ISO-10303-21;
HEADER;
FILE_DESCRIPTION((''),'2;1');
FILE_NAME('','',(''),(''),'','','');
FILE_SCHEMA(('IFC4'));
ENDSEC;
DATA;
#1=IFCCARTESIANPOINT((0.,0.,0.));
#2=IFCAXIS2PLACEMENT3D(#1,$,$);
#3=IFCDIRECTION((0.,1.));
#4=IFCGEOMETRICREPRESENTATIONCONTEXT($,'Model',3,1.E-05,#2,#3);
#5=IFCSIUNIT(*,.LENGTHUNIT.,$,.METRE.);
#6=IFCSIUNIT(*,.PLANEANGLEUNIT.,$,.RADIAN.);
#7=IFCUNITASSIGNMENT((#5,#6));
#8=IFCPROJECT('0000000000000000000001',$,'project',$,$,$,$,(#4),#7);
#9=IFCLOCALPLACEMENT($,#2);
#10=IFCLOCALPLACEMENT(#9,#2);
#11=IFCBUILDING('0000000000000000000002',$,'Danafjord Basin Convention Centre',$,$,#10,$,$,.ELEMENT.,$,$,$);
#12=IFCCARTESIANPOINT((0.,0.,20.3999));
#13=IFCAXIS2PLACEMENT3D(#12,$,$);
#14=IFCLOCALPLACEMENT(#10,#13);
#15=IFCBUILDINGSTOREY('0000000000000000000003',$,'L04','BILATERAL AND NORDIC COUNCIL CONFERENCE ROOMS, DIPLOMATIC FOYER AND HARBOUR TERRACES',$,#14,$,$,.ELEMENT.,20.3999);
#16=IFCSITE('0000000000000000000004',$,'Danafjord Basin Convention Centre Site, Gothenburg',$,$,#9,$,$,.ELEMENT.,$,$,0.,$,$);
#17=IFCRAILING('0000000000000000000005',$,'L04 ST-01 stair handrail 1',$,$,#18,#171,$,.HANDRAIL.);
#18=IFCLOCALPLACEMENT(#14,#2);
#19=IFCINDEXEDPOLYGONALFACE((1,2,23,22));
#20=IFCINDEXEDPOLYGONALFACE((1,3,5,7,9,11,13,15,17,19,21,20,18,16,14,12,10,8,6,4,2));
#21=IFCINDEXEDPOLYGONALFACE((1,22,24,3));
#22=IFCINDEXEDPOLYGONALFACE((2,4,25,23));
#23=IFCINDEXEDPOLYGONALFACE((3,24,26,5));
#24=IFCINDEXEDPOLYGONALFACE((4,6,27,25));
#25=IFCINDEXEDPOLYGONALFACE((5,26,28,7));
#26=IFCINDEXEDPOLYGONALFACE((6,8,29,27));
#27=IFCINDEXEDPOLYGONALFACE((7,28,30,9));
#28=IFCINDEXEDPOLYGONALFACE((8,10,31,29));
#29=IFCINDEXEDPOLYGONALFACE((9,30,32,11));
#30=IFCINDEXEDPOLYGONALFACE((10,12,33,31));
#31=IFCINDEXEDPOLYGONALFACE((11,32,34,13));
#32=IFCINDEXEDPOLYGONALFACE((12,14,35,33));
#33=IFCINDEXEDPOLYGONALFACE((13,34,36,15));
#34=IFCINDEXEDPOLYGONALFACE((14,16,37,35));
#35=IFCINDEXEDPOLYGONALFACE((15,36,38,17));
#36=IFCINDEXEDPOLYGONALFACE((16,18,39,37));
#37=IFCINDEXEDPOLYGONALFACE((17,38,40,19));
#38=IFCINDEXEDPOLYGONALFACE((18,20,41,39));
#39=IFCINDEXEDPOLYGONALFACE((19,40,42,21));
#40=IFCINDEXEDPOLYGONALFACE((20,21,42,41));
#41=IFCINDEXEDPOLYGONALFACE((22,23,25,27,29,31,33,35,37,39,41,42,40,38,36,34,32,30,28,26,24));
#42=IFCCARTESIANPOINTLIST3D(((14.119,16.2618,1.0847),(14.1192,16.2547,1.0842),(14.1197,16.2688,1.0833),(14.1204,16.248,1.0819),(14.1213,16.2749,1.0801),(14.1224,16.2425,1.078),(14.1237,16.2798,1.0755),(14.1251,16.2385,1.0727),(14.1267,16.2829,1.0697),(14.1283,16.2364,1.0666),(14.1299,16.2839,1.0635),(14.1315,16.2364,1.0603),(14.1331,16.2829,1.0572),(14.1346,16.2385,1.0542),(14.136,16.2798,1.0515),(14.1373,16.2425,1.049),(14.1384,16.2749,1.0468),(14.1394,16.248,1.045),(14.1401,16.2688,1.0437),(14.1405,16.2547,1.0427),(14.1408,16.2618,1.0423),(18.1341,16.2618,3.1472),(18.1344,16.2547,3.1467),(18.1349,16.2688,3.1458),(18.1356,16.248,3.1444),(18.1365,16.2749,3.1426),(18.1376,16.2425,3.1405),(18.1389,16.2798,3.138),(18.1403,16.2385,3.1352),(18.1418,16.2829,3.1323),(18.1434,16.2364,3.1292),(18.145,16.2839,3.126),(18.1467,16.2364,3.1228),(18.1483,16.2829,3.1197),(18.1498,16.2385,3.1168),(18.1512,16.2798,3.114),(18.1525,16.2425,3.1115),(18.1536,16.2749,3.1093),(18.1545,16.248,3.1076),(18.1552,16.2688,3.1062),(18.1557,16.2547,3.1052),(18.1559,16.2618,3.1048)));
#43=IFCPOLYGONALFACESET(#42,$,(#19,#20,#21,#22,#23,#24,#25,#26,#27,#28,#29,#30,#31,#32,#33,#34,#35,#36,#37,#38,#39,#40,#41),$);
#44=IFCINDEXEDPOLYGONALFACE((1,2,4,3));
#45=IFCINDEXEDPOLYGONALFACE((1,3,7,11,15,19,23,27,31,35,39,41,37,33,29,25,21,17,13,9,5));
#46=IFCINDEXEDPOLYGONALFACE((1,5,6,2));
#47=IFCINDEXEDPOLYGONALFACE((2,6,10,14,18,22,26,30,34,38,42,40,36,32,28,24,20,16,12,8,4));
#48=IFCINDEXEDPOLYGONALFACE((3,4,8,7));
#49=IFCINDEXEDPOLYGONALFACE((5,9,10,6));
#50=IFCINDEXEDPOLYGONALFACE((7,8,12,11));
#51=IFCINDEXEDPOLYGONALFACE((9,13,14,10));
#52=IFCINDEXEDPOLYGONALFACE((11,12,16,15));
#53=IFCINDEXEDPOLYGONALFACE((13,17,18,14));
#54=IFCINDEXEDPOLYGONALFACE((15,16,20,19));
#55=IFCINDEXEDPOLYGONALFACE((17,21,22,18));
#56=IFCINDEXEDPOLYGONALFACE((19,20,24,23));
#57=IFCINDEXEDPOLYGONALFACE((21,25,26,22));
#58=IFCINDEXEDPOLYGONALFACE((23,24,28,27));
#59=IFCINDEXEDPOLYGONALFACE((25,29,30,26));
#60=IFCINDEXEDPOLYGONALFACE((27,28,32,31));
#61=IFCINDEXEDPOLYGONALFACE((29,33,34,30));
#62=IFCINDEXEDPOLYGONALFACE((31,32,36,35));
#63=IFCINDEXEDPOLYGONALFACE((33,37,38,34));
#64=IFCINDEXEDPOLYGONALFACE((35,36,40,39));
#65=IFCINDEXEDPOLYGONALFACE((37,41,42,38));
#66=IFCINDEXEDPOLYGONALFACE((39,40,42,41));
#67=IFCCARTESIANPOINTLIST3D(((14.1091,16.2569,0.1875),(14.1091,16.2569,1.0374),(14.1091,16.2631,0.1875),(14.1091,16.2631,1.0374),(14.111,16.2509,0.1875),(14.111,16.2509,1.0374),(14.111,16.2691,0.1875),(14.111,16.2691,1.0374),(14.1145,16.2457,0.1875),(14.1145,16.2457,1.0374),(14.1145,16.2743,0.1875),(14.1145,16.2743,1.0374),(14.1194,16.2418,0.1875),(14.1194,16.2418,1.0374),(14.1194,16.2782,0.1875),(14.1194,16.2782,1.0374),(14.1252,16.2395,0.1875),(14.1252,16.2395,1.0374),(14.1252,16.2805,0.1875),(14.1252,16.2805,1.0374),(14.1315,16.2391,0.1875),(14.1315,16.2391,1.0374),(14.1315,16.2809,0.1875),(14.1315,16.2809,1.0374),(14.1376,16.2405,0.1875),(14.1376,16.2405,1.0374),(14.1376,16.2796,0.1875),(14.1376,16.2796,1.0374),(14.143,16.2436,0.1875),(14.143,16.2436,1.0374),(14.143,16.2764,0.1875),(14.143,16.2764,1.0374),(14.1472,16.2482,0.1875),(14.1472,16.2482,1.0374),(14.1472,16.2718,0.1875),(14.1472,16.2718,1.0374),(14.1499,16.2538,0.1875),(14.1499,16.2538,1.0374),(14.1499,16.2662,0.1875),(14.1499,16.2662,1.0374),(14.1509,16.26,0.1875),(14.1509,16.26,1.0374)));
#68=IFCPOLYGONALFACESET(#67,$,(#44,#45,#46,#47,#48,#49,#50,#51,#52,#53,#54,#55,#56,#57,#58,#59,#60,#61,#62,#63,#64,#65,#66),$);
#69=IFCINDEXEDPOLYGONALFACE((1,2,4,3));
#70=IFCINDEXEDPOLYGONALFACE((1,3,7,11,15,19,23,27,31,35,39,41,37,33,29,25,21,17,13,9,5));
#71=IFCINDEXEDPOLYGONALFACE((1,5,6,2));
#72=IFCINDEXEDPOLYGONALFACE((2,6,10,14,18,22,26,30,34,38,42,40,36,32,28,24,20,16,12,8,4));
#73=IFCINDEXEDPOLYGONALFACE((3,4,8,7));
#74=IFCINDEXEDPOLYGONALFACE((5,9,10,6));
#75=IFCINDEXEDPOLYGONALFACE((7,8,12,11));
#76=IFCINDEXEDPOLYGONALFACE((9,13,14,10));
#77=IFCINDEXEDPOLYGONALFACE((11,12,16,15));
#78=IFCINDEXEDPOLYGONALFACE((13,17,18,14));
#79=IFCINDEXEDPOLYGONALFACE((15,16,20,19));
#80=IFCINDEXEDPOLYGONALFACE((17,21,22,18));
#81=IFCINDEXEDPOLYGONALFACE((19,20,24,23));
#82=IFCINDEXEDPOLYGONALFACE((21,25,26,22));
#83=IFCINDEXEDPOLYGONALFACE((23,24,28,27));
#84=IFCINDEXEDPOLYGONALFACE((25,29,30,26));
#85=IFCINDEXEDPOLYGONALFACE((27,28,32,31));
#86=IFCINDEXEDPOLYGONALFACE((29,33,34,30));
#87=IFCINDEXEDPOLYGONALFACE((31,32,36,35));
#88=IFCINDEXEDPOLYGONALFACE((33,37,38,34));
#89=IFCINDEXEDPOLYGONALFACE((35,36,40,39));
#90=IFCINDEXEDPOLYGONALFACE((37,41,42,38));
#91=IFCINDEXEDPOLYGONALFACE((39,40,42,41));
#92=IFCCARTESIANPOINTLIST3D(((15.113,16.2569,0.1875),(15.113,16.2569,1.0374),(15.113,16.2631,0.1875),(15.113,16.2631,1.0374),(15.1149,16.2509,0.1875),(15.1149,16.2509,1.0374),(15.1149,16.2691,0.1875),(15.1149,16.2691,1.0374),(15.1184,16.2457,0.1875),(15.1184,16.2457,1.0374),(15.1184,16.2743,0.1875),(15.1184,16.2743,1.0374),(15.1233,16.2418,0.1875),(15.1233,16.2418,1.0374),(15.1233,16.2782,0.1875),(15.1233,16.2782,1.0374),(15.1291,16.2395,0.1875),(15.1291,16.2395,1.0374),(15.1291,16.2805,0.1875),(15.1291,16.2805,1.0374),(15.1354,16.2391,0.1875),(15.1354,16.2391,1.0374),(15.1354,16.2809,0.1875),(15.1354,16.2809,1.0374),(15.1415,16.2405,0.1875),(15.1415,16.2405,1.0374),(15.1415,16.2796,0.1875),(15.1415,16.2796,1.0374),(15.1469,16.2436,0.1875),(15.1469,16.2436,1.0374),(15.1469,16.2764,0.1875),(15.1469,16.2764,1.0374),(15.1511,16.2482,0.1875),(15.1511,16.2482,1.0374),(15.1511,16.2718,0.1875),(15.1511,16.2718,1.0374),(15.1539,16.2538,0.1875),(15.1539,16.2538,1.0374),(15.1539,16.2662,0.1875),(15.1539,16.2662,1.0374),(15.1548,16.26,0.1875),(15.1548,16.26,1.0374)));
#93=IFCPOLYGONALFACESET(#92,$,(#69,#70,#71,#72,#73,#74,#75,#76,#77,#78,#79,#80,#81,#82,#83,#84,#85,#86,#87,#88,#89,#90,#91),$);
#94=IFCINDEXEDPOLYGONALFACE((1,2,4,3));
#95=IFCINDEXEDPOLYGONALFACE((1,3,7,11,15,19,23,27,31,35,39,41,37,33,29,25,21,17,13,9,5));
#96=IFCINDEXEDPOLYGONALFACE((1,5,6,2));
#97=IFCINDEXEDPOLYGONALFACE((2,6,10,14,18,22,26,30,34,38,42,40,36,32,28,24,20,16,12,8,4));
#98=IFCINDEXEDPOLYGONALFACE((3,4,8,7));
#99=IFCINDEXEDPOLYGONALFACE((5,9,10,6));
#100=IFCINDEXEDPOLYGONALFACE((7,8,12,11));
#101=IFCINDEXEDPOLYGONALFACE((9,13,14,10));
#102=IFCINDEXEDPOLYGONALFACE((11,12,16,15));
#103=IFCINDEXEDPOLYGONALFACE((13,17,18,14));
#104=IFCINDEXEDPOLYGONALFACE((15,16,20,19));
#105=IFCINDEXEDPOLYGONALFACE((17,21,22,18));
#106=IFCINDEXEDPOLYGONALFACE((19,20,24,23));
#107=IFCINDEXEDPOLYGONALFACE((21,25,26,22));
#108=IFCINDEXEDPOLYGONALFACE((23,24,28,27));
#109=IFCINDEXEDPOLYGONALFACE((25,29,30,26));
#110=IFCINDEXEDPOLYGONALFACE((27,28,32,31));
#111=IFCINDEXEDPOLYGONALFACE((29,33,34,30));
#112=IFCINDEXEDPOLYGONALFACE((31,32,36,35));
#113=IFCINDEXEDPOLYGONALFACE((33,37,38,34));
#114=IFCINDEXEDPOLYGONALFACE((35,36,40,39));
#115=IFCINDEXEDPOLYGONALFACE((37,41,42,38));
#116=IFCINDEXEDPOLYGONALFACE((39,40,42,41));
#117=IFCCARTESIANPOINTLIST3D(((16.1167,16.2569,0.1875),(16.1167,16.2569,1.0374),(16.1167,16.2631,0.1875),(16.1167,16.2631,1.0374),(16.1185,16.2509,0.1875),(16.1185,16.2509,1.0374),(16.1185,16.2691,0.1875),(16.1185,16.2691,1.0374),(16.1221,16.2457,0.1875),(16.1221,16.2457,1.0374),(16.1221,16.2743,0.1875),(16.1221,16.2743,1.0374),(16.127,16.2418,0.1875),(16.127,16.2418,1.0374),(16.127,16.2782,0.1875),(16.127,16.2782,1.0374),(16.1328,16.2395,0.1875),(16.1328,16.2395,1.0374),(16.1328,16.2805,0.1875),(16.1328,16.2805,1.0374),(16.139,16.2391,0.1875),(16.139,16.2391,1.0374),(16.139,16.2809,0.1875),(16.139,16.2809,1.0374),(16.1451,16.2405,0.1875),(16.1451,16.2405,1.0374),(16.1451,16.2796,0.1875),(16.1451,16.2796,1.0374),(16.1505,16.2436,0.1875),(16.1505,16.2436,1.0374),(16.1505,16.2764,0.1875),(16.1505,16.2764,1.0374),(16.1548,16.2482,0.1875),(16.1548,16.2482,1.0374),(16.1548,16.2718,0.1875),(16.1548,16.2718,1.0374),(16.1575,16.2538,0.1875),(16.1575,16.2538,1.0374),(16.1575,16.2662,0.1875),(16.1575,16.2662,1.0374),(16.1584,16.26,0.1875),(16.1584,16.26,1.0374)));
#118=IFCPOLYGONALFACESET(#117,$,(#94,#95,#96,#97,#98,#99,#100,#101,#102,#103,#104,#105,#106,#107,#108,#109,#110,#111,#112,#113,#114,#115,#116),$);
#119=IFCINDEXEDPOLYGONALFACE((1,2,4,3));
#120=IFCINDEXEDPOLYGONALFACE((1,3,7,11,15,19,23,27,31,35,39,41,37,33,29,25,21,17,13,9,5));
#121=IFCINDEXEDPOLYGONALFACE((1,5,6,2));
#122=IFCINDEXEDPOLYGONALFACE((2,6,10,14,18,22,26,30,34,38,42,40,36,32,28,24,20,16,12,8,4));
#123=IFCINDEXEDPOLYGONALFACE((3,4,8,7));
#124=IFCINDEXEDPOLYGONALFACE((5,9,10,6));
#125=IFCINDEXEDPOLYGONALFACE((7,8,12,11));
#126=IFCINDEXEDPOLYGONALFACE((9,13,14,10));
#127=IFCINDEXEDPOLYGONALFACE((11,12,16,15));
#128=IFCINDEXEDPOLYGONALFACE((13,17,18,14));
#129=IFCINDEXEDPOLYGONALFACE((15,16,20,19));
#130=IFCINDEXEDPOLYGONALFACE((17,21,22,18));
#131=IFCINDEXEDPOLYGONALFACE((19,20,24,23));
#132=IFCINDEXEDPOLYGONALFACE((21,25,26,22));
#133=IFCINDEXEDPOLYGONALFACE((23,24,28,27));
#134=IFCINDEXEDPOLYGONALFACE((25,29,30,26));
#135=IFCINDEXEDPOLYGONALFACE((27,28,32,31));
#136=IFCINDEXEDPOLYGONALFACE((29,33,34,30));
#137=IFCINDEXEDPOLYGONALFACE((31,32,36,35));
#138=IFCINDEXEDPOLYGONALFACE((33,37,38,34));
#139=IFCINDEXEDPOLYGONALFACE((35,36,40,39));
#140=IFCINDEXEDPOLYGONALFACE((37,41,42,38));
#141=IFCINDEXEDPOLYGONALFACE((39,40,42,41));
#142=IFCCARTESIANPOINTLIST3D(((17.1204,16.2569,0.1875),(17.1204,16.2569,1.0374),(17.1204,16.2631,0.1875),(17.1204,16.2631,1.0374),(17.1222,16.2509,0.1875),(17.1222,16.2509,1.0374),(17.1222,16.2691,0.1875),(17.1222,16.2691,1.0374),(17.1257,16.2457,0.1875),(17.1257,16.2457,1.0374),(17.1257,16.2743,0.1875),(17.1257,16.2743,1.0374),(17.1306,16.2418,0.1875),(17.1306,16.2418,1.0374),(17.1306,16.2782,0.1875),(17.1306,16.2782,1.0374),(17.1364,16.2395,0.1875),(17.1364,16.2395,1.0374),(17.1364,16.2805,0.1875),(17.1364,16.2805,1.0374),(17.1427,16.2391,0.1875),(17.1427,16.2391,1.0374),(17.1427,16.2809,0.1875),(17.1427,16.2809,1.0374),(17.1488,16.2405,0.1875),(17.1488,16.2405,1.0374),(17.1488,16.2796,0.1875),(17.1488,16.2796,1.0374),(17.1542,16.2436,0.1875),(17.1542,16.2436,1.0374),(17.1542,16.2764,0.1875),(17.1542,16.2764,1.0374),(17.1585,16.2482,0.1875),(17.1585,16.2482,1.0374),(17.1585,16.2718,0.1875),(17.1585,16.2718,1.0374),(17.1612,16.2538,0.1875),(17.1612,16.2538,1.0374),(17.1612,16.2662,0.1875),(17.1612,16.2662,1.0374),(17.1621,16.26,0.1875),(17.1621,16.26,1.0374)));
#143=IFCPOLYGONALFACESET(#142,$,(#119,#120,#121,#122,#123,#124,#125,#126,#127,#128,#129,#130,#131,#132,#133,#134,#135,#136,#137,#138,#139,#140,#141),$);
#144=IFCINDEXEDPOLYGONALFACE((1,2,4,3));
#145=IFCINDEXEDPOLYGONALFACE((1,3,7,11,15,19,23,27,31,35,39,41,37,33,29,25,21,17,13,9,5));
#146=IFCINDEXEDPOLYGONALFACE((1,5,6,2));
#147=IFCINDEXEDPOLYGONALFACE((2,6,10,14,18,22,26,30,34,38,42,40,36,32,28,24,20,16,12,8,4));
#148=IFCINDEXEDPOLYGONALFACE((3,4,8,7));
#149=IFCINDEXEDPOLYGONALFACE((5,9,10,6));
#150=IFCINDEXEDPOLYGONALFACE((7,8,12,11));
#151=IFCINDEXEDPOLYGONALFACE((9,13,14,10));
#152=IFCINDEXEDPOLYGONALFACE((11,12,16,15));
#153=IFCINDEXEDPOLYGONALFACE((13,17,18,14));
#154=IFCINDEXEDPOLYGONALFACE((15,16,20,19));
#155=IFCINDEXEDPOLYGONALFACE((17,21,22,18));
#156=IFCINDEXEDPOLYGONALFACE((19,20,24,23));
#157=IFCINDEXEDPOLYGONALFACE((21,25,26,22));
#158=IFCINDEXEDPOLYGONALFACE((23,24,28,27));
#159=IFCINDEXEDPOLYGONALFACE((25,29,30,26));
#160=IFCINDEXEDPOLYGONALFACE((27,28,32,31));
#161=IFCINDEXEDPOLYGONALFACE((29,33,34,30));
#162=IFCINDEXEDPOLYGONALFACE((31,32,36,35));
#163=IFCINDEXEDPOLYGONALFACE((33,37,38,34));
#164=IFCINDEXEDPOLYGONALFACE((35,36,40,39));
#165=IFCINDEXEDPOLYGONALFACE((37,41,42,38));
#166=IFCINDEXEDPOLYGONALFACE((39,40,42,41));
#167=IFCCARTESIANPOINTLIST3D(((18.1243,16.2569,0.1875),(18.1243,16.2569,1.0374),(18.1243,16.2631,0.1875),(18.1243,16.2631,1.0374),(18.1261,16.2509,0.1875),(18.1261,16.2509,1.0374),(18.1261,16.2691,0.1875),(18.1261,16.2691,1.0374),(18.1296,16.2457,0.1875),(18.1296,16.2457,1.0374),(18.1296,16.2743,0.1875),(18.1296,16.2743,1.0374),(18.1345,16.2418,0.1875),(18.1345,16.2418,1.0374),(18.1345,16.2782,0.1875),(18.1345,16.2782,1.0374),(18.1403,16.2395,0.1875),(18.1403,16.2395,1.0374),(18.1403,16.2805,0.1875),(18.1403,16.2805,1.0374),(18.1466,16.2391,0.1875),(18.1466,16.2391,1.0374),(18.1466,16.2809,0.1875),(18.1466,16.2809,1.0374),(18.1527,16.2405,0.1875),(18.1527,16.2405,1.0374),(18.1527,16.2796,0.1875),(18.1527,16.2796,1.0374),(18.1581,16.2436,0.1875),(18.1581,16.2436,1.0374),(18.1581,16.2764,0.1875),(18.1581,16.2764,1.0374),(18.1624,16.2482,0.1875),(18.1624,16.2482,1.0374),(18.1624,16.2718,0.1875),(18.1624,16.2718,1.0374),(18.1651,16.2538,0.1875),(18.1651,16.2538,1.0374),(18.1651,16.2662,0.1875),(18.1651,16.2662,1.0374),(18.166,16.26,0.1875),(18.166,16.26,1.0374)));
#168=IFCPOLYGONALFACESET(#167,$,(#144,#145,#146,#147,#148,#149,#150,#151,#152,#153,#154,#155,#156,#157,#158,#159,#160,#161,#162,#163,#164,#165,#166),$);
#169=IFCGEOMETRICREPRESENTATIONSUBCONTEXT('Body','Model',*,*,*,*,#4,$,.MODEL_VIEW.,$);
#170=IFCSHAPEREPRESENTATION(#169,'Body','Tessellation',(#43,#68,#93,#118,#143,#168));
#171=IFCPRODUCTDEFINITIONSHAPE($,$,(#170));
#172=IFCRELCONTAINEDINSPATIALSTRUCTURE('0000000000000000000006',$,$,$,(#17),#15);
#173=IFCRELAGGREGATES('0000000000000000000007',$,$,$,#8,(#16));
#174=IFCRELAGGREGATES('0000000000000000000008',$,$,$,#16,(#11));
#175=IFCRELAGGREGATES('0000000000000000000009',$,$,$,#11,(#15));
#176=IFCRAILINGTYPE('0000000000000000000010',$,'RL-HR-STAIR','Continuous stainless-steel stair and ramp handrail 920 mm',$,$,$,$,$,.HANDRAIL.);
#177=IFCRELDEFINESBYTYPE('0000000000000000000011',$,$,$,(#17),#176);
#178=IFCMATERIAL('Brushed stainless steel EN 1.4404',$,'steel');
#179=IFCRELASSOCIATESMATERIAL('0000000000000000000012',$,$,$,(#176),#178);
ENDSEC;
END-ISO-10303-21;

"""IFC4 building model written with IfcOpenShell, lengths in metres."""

from ifc_helpers import new_model, si_unit, direction, frame, origin, origin_2d, place, context, subcontext, project, spatial, circle, extrude, material, type_object, element, save


model = new_model("IFC4")

# Units and contexts
model_context = context("Model", 3, precision=1e-05, world=origin(), true_north=direction((0.0, 1.0)))
body_context = subcontext(model_context, "Body", "Model", "MODEL_VIEW")
ifc_project = project(units=[si_unit("LENGTHUNIT", "METRE"), si_unit("PLANEANGLEUNIT", "RADIAN")], contexts=[model_context])

# Site, building, storey
site_placement = place(None, origin())
site = spatial("IfcSite", under=ifc_project, at=site_placement, Name="Danafjord Basin Convention Centre Site, Gothenburg", CompositionType="ELEMENT", RefElevation=0.0)
building_placement = place(site_placement, origin())
building = spatial("IfcBuilding", under=site, at=building_placement, Name="Danafjord Basin Convention Centre", CompositionType="ELEMENT")
storey_placement = place(building_placement, frame((0.0, 0.0, 20.3999)))
storey = spatial("IfcBuildingStorey", under=building, at=storey_placement, Name="L04", Description="BILATERAL AND NORDIC COUNCIL CONFERENCE ROOMS, DIPLOMATIC FOYER AND HARBOUR TERRACES", CompositionType="ELEMENT", Elevation=20.3999)

# Railing
ifc_material_1 = material(Name="Brushed stainless steel EN 1.4404", Category="steel")
railing_type_1 = type_object("IfcRailingType", Name="RL-HR-STAIR", Description="Continuous stainless-steel stair and ramp handrail 920 mm", PredefinedType="HANDRAIL", material=ifc_material_1)
railing_1_placement = place(storey_placement, frame((14.1299, 16.26, 0.1875)))
element("IfcRailing", 1, at=railing_1_placement, inside=storey, type_object=railing_type_1, Name="L04 ST-01 stair handrail 1", PredefinedType="HANDRAIL", context=body_context, shape_type="SweptSolid", body=[
    extrude(circle(Radius=0.0239, at=origin_2d()), frame((0.0, 0.0, 0.876), z_axis=(0.889506, 0.0, 0.456923), x_axis=(0.0, 1.0, 0.0)), (0.0, 0.0, 1.0), 4.5139),
    extrude(circle(Radius=0.021, at=origin_2d()), origin(), (0.0, 0.0, 1.0), 0.8499),
    extrude(circle(Radius=0.021, at=origin_2d()), frame((1.0039, 0.0, 0.0)), (0.0, 0.0, 1.0), 0.8499),
    extrude(circle(Radius=0.021, at=origin_2d()), frame((2.0076, 0.0, 0.0)), (0.0, 0.0, 1.0), 0.8499),
    extrude(circle(Radius=0.021, at=origin_2d()), frame((3.0112, 0.0, 0.0)), (0.0, 0.0, 1.0), 0.8499),
    extrude(circle(Radius=0.021, at=origin_2d()), frame((4.0151, 0.0, 0.0)), (0.0, 0.0, 1.0), 0.8499),
])

save(model, "model.ifc")
